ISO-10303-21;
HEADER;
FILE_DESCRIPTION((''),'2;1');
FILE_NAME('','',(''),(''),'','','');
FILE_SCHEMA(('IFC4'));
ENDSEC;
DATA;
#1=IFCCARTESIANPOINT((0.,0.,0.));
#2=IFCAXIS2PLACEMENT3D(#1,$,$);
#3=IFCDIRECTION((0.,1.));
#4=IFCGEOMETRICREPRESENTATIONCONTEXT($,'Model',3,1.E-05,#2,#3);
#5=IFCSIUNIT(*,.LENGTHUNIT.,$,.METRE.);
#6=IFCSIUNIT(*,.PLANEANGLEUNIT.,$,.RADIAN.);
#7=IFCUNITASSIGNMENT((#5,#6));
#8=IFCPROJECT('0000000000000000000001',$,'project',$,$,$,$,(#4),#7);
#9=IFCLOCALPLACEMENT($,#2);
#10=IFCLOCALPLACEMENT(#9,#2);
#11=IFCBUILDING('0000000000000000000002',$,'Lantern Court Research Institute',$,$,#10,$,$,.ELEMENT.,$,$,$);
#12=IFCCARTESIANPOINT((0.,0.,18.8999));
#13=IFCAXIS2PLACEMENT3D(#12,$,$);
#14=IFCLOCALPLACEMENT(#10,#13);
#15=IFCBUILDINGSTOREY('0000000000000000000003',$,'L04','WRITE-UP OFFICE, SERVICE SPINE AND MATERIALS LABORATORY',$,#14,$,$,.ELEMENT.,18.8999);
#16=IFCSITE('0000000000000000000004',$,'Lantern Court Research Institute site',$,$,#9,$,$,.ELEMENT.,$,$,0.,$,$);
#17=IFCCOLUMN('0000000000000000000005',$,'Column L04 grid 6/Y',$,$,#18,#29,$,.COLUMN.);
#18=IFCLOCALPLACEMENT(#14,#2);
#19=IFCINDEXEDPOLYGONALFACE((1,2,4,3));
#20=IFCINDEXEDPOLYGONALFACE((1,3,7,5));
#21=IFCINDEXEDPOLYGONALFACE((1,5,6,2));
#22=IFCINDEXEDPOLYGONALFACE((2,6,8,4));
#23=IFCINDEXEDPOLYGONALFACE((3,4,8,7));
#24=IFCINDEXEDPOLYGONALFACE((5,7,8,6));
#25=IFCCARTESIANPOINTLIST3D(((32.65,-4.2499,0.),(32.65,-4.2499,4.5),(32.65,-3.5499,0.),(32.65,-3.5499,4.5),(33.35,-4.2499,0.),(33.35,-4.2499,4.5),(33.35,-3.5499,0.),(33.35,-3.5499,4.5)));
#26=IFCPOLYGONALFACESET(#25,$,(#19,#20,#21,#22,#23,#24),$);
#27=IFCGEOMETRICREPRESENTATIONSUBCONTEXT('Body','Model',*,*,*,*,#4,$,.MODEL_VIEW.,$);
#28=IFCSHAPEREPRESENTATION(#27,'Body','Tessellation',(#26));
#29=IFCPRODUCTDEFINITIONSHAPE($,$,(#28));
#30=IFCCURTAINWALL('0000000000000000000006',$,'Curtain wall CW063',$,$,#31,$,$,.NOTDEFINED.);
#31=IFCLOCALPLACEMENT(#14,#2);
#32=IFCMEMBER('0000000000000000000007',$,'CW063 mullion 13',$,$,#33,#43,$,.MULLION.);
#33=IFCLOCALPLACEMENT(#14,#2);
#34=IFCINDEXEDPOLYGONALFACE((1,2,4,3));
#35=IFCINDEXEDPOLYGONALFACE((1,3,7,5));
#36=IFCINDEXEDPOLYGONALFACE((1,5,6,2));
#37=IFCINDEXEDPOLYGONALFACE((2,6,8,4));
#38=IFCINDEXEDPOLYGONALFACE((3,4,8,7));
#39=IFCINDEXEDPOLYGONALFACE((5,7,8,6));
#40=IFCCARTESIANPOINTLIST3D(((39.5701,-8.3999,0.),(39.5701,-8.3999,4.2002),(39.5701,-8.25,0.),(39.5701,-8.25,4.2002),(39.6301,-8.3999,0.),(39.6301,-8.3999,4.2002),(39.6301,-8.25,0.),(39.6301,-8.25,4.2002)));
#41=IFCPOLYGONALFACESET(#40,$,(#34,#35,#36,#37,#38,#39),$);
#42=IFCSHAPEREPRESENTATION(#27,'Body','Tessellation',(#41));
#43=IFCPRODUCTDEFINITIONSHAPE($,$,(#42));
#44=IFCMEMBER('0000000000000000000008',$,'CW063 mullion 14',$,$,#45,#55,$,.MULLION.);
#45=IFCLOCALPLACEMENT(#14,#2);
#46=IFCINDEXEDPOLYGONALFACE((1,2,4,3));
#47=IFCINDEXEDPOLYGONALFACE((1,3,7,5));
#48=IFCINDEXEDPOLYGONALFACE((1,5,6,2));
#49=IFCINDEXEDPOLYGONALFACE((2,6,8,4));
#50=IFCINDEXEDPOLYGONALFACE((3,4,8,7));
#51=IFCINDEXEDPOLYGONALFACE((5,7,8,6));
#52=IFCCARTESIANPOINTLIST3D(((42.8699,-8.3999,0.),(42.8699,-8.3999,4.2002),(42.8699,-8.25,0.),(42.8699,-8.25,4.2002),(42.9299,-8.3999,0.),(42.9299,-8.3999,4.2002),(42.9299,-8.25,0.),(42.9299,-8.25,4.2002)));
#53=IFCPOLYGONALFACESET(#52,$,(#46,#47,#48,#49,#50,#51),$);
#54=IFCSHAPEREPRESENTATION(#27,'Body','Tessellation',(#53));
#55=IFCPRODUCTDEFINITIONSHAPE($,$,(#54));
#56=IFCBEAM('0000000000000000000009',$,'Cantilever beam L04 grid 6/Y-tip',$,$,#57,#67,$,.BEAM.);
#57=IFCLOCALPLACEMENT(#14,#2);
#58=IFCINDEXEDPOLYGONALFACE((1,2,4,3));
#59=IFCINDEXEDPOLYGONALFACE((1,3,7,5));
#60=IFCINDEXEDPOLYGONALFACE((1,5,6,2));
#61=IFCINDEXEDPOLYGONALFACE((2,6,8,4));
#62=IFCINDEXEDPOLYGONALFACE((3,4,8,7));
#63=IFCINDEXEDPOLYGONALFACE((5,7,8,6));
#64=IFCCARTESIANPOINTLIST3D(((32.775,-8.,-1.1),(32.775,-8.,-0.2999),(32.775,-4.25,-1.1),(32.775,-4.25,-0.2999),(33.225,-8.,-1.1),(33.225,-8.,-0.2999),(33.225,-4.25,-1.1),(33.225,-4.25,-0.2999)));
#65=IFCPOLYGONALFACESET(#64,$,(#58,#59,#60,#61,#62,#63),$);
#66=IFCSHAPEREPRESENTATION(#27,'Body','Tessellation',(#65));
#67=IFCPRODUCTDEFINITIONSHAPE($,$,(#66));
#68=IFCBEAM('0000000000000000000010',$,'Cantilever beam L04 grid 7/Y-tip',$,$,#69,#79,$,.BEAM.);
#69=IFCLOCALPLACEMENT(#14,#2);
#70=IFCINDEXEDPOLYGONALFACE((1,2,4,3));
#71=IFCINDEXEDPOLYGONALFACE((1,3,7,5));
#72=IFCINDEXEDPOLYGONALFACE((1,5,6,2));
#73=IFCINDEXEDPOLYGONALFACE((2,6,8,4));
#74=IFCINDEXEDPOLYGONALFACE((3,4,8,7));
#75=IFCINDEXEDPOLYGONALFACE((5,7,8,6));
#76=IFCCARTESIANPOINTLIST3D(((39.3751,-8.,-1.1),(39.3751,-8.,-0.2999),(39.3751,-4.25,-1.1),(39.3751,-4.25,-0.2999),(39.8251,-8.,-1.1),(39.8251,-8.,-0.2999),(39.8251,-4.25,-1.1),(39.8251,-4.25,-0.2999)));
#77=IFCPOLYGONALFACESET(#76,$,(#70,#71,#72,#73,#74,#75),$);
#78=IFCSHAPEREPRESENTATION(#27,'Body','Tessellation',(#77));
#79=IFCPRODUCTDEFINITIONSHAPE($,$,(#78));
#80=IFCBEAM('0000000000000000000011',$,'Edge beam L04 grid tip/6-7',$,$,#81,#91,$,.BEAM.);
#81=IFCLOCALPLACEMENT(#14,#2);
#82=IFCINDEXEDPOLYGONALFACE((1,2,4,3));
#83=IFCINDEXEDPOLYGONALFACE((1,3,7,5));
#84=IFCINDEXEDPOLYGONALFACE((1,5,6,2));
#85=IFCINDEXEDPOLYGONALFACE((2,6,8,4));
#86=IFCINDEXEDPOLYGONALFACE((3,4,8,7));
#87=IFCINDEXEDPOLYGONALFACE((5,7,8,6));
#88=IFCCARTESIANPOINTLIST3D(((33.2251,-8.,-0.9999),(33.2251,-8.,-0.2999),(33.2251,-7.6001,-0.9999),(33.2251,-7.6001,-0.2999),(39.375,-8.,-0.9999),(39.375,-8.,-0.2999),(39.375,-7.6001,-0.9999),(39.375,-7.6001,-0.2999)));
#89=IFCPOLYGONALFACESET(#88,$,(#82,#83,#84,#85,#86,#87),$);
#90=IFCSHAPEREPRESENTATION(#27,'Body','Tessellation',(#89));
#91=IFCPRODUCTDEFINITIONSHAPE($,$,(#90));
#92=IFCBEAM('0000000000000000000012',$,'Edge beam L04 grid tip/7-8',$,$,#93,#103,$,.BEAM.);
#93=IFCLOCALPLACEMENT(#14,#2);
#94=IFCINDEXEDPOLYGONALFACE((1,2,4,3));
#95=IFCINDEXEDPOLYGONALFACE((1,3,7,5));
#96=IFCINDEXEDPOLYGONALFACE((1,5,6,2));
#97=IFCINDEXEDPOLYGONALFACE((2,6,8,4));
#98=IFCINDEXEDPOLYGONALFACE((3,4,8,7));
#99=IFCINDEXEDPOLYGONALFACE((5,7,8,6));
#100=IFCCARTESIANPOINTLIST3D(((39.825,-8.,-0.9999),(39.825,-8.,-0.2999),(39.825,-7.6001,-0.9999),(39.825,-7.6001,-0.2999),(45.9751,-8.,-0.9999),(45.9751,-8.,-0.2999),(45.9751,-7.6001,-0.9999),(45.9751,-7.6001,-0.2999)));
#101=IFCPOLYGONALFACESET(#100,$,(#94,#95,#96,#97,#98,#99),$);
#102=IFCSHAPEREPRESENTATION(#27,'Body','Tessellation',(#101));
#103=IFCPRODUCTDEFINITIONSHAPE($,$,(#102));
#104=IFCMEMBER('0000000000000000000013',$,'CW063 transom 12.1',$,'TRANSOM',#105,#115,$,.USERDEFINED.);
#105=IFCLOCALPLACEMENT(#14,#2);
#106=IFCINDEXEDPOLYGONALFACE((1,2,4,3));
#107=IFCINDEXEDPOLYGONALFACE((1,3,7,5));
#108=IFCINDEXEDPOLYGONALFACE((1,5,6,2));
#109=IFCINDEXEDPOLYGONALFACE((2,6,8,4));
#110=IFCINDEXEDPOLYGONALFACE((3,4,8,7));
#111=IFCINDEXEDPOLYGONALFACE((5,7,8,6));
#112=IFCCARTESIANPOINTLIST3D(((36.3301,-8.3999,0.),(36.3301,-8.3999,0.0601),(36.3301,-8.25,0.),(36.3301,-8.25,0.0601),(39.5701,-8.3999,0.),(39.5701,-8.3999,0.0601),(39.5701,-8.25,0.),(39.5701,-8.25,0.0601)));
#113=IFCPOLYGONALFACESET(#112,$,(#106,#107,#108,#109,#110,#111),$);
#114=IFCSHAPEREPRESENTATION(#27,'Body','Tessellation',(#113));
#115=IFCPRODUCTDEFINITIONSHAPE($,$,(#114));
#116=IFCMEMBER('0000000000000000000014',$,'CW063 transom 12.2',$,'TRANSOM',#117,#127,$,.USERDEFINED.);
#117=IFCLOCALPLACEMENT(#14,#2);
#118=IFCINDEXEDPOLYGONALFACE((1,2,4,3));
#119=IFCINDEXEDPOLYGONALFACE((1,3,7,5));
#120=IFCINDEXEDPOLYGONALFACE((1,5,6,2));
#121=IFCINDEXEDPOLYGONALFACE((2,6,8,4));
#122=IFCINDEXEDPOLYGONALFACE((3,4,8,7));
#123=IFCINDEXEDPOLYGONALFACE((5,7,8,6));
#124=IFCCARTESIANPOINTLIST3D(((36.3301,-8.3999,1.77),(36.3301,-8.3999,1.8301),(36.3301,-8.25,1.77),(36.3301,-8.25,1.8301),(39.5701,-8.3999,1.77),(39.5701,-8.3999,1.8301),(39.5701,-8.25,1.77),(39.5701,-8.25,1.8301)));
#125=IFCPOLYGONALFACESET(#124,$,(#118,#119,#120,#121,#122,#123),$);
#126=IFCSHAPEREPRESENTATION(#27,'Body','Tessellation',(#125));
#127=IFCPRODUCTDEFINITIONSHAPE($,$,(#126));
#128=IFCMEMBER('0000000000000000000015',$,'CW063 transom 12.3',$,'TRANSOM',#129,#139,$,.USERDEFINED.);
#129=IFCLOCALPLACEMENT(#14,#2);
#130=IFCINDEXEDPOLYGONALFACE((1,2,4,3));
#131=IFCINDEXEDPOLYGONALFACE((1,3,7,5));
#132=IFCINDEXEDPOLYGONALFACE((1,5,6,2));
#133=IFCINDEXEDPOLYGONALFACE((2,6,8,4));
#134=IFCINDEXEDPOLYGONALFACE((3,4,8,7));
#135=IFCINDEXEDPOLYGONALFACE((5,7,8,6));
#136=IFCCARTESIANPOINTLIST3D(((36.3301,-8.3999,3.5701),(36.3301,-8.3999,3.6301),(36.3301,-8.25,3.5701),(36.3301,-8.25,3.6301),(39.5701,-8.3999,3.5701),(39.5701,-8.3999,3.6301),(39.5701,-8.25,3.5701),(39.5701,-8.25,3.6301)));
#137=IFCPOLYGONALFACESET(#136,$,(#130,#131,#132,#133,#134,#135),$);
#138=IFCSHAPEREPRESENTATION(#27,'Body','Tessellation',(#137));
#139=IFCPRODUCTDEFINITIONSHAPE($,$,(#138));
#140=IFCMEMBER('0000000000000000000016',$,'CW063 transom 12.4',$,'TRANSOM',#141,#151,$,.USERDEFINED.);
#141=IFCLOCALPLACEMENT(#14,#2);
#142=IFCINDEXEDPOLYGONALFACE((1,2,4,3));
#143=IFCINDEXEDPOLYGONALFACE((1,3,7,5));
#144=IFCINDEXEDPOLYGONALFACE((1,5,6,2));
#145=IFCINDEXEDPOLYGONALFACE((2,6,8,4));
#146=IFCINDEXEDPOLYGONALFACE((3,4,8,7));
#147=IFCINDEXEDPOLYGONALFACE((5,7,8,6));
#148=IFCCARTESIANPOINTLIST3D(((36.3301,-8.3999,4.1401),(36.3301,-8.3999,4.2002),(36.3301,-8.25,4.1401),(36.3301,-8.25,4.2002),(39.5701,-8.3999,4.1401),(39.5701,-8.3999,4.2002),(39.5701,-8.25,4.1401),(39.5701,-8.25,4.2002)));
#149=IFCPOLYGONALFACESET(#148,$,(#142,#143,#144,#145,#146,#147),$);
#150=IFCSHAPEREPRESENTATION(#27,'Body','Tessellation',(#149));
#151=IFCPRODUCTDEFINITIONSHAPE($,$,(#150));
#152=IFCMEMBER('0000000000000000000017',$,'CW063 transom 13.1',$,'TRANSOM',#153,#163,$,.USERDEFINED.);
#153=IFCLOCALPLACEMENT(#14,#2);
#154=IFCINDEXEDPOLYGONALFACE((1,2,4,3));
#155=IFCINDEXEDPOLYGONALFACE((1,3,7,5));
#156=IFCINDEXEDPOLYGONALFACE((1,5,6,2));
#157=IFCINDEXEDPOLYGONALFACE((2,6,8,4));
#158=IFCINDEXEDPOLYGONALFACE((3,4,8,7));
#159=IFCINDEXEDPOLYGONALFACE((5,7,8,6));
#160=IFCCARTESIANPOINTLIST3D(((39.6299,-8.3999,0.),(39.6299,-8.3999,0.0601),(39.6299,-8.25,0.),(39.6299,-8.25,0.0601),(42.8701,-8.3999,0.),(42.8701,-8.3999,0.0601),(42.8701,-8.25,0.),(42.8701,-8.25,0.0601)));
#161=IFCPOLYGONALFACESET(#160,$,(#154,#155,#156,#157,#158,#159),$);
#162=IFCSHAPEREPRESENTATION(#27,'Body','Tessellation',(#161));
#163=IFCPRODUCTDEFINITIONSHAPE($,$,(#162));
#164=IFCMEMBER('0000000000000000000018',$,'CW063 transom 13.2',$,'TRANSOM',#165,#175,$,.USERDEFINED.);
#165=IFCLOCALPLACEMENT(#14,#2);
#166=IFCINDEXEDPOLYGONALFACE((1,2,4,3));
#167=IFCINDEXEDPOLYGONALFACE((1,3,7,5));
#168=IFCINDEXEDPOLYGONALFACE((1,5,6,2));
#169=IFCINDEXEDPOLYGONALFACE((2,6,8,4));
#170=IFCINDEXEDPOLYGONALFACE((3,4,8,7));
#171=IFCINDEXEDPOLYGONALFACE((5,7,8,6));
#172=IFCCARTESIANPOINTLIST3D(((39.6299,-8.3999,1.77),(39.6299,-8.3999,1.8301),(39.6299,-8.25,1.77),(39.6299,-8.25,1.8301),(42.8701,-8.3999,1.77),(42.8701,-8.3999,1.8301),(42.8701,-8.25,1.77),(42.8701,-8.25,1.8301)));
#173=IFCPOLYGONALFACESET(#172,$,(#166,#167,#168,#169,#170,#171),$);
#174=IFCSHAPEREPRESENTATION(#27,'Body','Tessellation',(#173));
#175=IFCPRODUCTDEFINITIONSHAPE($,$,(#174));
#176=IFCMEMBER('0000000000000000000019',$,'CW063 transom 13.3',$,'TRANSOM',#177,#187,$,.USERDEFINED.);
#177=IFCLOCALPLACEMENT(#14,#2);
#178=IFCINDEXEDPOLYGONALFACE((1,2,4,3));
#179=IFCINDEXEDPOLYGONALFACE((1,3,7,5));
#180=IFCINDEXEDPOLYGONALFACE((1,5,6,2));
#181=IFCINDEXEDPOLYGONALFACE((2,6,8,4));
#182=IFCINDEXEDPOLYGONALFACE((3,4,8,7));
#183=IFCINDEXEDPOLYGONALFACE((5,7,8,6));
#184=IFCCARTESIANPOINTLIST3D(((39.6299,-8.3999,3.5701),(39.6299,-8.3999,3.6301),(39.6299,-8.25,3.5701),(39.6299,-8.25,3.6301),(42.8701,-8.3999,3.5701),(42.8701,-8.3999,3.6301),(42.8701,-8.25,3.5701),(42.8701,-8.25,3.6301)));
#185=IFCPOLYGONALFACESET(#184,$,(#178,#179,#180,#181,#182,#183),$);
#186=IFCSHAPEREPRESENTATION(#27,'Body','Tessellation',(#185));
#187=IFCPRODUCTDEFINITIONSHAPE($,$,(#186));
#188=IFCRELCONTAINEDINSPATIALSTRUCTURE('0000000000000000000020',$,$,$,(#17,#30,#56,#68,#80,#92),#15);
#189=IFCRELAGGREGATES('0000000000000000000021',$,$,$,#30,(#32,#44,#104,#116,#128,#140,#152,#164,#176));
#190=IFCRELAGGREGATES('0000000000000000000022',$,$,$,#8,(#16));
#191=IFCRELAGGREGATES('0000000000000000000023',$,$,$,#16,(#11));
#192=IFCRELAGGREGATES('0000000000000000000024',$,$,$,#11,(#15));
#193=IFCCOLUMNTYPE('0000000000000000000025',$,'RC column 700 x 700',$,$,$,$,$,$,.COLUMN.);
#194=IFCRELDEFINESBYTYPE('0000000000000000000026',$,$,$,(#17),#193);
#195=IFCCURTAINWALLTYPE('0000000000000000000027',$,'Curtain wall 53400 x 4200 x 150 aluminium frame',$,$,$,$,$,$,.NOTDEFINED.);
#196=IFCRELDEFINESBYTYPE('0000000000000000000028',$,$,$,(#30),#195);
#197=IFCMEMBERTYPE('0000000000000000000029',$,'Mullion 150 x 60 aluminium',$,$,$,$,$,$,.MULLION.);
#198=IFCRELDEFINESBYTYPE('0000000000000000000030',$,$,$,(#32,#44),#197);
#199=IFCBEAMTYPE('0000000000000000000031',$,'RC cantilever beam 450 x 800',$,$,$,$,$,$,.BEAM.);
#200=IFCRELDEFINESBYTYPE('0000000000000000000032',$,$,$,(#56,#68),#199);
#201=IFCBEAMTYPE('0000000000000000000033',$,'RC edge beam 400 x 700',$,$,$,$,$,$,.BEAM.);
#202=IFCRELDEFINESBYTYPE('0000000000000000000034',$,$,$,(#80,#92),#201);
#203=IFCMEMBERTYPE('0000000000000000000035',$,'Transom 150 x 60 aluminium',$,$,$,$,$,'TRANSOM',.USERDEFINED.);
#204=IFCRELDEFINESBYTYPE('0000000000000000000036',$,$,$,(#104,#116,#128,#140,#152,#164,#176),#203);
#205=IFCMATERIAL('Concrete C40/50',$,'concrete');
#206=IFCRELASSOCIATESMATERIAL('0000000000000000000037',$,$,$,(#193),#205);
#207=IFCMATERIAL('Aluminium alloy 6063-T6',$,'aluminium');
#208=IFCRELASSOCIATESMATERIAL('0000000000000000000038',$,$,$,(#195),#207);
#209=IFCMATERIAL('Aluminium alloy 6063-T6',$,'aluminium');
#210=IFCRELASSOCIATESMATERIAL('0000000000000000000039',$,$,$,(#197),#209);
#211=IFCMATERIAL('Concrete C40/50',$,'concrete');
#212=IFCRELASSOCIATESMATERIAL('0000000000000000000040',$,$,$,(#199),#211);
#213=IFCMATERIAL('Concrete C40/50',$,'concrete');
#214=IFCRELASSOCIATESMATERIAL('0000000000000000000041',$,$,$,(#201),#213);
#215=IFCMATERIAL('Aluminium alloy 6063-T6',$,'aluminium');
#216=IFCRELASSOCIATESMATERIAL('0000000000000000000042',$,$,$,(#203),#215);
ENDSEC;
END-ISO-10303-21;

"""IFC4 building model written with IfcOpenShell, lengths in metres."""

from ifc_helpers import new_model, si_unit, direction, frame, origin, origin_2d, place, context, subcontext, project, spatial, rectangle, extrude, material, material_profile, profile_set, type_object, element, aggregate, save


model = new_model("IFC4")

# Units and contexts
model_context = context("Model", 3, precision=1e-05, world=origin(), true_north=direction((0.0, 1.0)))
body_context = subcontext(model_context, "Body", "Model", "MODEL_VIEW")
ifc_project = project(units=[si_unit("LENGTHUNIT", "METRE"), si_unit("PLANEANGLEUNIT", "RADIAN")], contexts=[model_context])

# Site, building, storey
site_placement = place(None, origin())
site = spatial("IfcSite", under=ifc_project, at=site_placement, Name="Lantern Court Research Institute site", CompositionType="ELEMENT", RefElevation=0.0)
building_placement = place(site_placement, origin())
building = spatial("IfcBuilding", under=site, at=building_placement, Name="Lantern Court Research Institute", CompositionType="ELEMENT")
storey_placement = place(building_placement, frame((0.0, 0.0, 18.8999)))
storey = spatial("IfcBuildingStorey", under=building, at=storey_placement, Name="L04", Description="WRITE-UP OFFICE, SERVICE SPINE AND MATERIALS LABORATORY", CompositionType="ELEMENT", Elevation=18.8999)

# Column
ifc_material_1 = material(Name="Concrete C40/50", Category="concrete")
ifc_material_profile_1 = material_profile(ifc_material_1, rectangle(XDim=0.7, YDim=0.7, at=origin_2d()), Name="RC column 700 x 700")
ifc_profile_set_1 = profile_set([ifc_material_profile_1], Name="Concrete C40/50")
column_type = type_object("IfcColumnType", Name="RC column 700 x 700", PredefinedType="COLUMN", material=ifc_profile_set_1)
column_placement = place(storey_placement, frame((33.0, -3.8999, 0.0), z_axis=(0.0, 0.0, 1.0), x_axis=(1.0, 0.0, 0.0)))
element("IfcColumn", 1, at=column_placement, inside=storey, type_object=column_type, Name="Column L04 grid 6/Y", PredefinedType="COLUMN", context=body_context, shape_type="SweptSolid", body=[
    extrude(rectangle(XDim=0.7, YDim=0.7, at=origin_2d()), origin(), (0.0, 0.0, 1.0), 4.5),
])

# Curtain wall, members
ifc_material_2 = material(Name="Aluminium alloy 6063-T6", Category="aluminium")
curtain_wall_type = type_object("IfcCurtainWallType", Name="Curtain wall 53400 x 4200 x 150 aluminium frame", PredefinedType="NOTDEFINED", material=ifc_material_2)
curtain_wall_placement = place(storey_placement, origin())
curtain_wall = element("IfcCurtainWall", 2, at=curtain_wall_placement, inside=storey, type_object=curtain_wall_type, Name="Curtain wall CW063", PredefinedType="NOTDEFINED")
ifc_material_3 = material(Name="Aluminium alloy 6063-T6", Category="aluminium")
ifc_material_profile_2 = material_profile(ifc_material_3, rectangle(XDim=0.1499, YDim=0.0601, at=origin_2d()), Name="Mullion 150 x 60")
ifc_profile_set_2 = profile_set([ifc_material_profile_2], Name="Aluminium alloy 6063-T6")
member_type_1 = type_object("IfcMemberType", Name="Mullion 150 x 60 aluminium", PredefinedType="MULLION", material=ifc_profile_set_2)
member_1_placement = place(storey_placement, frame((39.6001, -8.325, 0.0), z_axis=(0.0, 0.0, 1.0), x_axis=(0.0, -1.0, 0.0)))
member_1 = element("IfcMember", 3, at=member_1_placement, type_object=member_type_1, Name="CW063 mullion 13", PredefinedType="MULLION", context=body_context, shape_type="SweptSolid", body=[
    extrude(rectangle(XDim=0.1499, YDim=0.0601, at=origin_2d()), origin(), (0.0, 0.0, 1.0), 4.2002),
])
member_2_placement = place(storey_placement, frame((42.8999, -8.325, 0.0), z_axis=(0.0, 0.0, 1.0), x_axis=(0.0, -1.0, 0.0)))
member_2 = element("IfcMember", 4, at=member_2_placement, type_object=member_type_1, Name="CW063 mullion 14", PredefinedType="MULLION", context=body_context, shape_type="SweptSolid", body=[
    extrude(rectangle(XDim=0.1499, YDim=0.0601, at=origin_2d()), origin(), (0.0, 0.0, 1.0), 4.2002),
])

# Beams
ifc_material_4 = material(Name="Concrete C40/50", Category="concrete")
ifc_material_profile_3 = material_profile(ifc_material_4, rectangle(XDim=0.45, YDim=0.8, at=origin_2d()), Name="RC beam 450 x 800")
ifc_profile_set_3 = profile_set([ifc_material_profile_3], Name="Concrete C40/50")
beam_type_1 = type_object("IfcBeamType", Name="RC cantilever beam 450 x 800", PredefinedType="BEAM", material=ifc_profile_set_3)
for number, where, z_axis, x_axis, name in (
    (5, (33.0, -4.25, -0.7), (0.0, -1.0, 0.0), (1.0, 0.0, 0.0), "Cantilever beam L04 grid 6/Y-tip"),
    (6, (39.6001, -4.25, -0.7), (0.0, -1.0, 0.0), (1.0, 0.0, 0.0), "Cantilever beam L04 grid 7/Y-tip"),
):
    element("IfcBeam", number, at=place(storey_placement, frame(where, z_axis=z_axis, x_axis=x_axis)), inside=storey, type_object=beam_type_1, Name=name, PredefinedType="BEAM", context=body_context, shape_type="SweptSolid", body=[
        extrude(rectangle(XDim=0.45, YDim=0.8, at=origin_2d()), origin(), (0.0, 0.0, 1.0), 3.75),
    ])
ifc_material_5 = material(Name="Concrete C40/50", Category="concrete")
ifc_material_profile_4 = material_profile(ifc_material_5, rectangle(XDim=0.3999, YDim=0.7, at=origin_2d()), Name="RC beam 400 x 700")
ifc_profile_set_4 = profile_set([ifc_material_profile_4], Name="Concrete C40/50")
beam_type_2 = type_object("IfcBeamType", Name="RC edge beam 400 x 700", PredefinedType="BEAM", material=ifc_profile_set_4)
beam_1_placement = place(storey_placement, frame((33.2251, -7.8, -0.6499), z_axis=(1.0, 0.0, 0.0), x_axis=(0.0, 1.0, 0.0)))
element("IfcBeam", 7, at=beam_1_placement, inside=storey, type_object=beam_type_2, Name="Edge beam L04 grid tip/6-7", PredefinedType="BEAM", context=body_context, shape_type="SweptSolid", body=[
    extrude(rectangle(XDim=0.3999, YDim=0.7, at=origin_2d()), origin(), (0.0, 0.0, 1.0), 6.1499),
])
beam_2_placement = place(storey_placement, frame((39.825, -7.8, -0.6499), z_axis=(1.0, 0.0, 0.0), x_axis=(0.0, 1.0, 0.0)))
element("IfcBeam", 8, at=beam_2_placement, inside=storey, type_object=beam_type_2, Name="Edge beam L04 grid tip/7-8", PredefinedType="BEAM", context=body_context, shape_type="SweptSolid", body=[
    extrude(rectangle(XDim=0.3999, YDim=0.7, at=origin_2d()), origin(), (0.0, 0.0, 1.0), 6.1501),
])

# Members
ifc_material_6 = material(Name="Aluminium alloy 6063-T6", Category="aluminium")
ifc_material_profile_5 = material_profile(ifc_material_6, rectangle(XDim=0.1499, YDim=0.0601, at=origin_2d()), Name="Transom 150 x 60")
ifc_profile_set_5 = profile_set([ifc_material_profile_5], Name="Aluminium alloy 6063-T6")
member_type_2 = type_object("IfcMemberType", Name="Transom 150 x 60 aluminium", ElementType="TRANSOM", PredefinedType="USERDEFINED", material=ifc_profile_set_5)
member_3_placement = place(storey_placement, frame((39.5701, -8.325, 0.03), z_axis=(-1.0, 0.0, 0.0), x_axis=(0.0, -1.0, 0.0)))
member_3 = element("IfcMember", 9, at=member_3_placement, type_object=member_type_2, Name="CW063 transom 12.1", ObjectType="TRANSOM", PredefinedType="USERDEFINED", context=body_context, shape_type="SweptSolid", body=[
    extrude(rectangle(XDim=0.1499, YDim=0.0601, at=origin_2d()), origin(), (0.0, 0.0, 1.0), 3.24),
])
member_4_placement = place(storey_placement, frame((39.5701, -8.325, 1.8), z_axis=(-1.0, 0.0, 0.0), x_axis=(0.0, -1.0, 0.0)))
member_4 = element("IfcMember", 10, at=member_4_placement, type_object=member_type_2, Name="CW063 transom 12.2", ObjectType="TRANSOM", PredefinedType="USERDEFINED", context=body_context, shape_type="SweptSolid", body=[
    extrude(rectangle(XDim=0.1499, YDim=0.0601, at=origin_2d()), origin(), (0.0, 0.0, 1.0), 3.24),
])
member_5_placement = place(storey_placement, frame((39.5701, -8.325, 3.6001), z_axis=(-1.0, 0.0, 0.0), x_axis=(0.0, -1.0, 0.0)))
member_5 = element("IfcMember", 11, at=member_5_placement, type_object=member_type_2, Name="CW063 transom 12.3", ObjectType="TRANSOM", PredefinedType="USERDEFINED", context=body_context, shape_type="SweptSolid", body=[
    extrude(rectangle(XDim=0.1499, YDim=0.0601, at=origin_2d()), origin(), (0.0, 0.0, 1.0), 3.24),
])
member_6_placement = place(storey_placement, frame((39.5701, -8.325, 4.1702), z_axis=(-1.0, 0.0, 0.0), x_axis=(0.0, -1.0, 0.0)))
member_6 = element("IfcMember", 12, at=member_6_placement, type_object=member_type_2, Name="CW063 transom 12.4", ObjectType="TRANSOM", PredefinedType="USERDEFINED", context=body_context, shape_type="SweptSolid", body=[
    extrude(rectangle(XDim=0.1499, YDim=0.0601, at=origin_2d()), origin(), (0.0, 0.0, 1.0), 3.24),
])
member_7_placement = place(storey_placement, frame((42.8701, -8.325, 0.03), z_axis=(-1.0, 0.0, 0.0), x_axis=(0.0, -1.0, 0.0)))
member_7 = element("IfcMember", 13, at=member_7_placement, type_object=member_type_2, Name="CW063 transom 13.1", ObjectType="TRANSOM", PredefinedType="USERDEFINED", context=body_context, shape_type="SweptSolid", body=[
    extrude(rectangle(XDim=0.1499, YDim=0.0601, at=origin_2d()), origin(), (0.0, 0.0, 1.0), 3.2402),
])
member_8_placement = place(storey_placement, frame((42.8701, -8.325, 1.8), z_axis=(-1.0, 0.0, 0.0), x_axis=(0.0, -1.0, 0.0)))
member_8 = element("IfcMember", 14, at=member_8_placement, type_object=member_type_2, Name="CW063 transom 13.2", ObjectType="TRANSOM", PredefinedType="USERDEFINED", context=body_context, shape_type="SweptSolid", body=[
    extrude(rectangle(XDim=0.1499, YDim=0.0601, at=origin_2d()), origin(), (0.0, 0.0, 1.0), 3.2402),
])
member_9_placement = place(storey_placement, frame((42.8701, -8.325, 3.6001), z_axis=(-1.0, 0.0, 0.0), x_axis=(0.0, -1.0, 0.0)))
member_9 = element("IfcMember", 15, at=member_9_placement, type_object=member_type_2, Name="CW063 transom 13.3", ObjectType="TRANSOM", PredefinedType="USERDEFINED", context=body_context, shape_type="SweptSolid", body=[
    extrude(rectangle(XDim=0.1499, YDim=0.0601, at=origin_2d()), origin(), (0.0, 0.0, 1.0), 3.2402),
])

aggregate(curtain_wall, [member_1, member_2, member_3, member_4, member_5, member_6, member_7, member_8, member_9])

save(model, "model.ifc")
